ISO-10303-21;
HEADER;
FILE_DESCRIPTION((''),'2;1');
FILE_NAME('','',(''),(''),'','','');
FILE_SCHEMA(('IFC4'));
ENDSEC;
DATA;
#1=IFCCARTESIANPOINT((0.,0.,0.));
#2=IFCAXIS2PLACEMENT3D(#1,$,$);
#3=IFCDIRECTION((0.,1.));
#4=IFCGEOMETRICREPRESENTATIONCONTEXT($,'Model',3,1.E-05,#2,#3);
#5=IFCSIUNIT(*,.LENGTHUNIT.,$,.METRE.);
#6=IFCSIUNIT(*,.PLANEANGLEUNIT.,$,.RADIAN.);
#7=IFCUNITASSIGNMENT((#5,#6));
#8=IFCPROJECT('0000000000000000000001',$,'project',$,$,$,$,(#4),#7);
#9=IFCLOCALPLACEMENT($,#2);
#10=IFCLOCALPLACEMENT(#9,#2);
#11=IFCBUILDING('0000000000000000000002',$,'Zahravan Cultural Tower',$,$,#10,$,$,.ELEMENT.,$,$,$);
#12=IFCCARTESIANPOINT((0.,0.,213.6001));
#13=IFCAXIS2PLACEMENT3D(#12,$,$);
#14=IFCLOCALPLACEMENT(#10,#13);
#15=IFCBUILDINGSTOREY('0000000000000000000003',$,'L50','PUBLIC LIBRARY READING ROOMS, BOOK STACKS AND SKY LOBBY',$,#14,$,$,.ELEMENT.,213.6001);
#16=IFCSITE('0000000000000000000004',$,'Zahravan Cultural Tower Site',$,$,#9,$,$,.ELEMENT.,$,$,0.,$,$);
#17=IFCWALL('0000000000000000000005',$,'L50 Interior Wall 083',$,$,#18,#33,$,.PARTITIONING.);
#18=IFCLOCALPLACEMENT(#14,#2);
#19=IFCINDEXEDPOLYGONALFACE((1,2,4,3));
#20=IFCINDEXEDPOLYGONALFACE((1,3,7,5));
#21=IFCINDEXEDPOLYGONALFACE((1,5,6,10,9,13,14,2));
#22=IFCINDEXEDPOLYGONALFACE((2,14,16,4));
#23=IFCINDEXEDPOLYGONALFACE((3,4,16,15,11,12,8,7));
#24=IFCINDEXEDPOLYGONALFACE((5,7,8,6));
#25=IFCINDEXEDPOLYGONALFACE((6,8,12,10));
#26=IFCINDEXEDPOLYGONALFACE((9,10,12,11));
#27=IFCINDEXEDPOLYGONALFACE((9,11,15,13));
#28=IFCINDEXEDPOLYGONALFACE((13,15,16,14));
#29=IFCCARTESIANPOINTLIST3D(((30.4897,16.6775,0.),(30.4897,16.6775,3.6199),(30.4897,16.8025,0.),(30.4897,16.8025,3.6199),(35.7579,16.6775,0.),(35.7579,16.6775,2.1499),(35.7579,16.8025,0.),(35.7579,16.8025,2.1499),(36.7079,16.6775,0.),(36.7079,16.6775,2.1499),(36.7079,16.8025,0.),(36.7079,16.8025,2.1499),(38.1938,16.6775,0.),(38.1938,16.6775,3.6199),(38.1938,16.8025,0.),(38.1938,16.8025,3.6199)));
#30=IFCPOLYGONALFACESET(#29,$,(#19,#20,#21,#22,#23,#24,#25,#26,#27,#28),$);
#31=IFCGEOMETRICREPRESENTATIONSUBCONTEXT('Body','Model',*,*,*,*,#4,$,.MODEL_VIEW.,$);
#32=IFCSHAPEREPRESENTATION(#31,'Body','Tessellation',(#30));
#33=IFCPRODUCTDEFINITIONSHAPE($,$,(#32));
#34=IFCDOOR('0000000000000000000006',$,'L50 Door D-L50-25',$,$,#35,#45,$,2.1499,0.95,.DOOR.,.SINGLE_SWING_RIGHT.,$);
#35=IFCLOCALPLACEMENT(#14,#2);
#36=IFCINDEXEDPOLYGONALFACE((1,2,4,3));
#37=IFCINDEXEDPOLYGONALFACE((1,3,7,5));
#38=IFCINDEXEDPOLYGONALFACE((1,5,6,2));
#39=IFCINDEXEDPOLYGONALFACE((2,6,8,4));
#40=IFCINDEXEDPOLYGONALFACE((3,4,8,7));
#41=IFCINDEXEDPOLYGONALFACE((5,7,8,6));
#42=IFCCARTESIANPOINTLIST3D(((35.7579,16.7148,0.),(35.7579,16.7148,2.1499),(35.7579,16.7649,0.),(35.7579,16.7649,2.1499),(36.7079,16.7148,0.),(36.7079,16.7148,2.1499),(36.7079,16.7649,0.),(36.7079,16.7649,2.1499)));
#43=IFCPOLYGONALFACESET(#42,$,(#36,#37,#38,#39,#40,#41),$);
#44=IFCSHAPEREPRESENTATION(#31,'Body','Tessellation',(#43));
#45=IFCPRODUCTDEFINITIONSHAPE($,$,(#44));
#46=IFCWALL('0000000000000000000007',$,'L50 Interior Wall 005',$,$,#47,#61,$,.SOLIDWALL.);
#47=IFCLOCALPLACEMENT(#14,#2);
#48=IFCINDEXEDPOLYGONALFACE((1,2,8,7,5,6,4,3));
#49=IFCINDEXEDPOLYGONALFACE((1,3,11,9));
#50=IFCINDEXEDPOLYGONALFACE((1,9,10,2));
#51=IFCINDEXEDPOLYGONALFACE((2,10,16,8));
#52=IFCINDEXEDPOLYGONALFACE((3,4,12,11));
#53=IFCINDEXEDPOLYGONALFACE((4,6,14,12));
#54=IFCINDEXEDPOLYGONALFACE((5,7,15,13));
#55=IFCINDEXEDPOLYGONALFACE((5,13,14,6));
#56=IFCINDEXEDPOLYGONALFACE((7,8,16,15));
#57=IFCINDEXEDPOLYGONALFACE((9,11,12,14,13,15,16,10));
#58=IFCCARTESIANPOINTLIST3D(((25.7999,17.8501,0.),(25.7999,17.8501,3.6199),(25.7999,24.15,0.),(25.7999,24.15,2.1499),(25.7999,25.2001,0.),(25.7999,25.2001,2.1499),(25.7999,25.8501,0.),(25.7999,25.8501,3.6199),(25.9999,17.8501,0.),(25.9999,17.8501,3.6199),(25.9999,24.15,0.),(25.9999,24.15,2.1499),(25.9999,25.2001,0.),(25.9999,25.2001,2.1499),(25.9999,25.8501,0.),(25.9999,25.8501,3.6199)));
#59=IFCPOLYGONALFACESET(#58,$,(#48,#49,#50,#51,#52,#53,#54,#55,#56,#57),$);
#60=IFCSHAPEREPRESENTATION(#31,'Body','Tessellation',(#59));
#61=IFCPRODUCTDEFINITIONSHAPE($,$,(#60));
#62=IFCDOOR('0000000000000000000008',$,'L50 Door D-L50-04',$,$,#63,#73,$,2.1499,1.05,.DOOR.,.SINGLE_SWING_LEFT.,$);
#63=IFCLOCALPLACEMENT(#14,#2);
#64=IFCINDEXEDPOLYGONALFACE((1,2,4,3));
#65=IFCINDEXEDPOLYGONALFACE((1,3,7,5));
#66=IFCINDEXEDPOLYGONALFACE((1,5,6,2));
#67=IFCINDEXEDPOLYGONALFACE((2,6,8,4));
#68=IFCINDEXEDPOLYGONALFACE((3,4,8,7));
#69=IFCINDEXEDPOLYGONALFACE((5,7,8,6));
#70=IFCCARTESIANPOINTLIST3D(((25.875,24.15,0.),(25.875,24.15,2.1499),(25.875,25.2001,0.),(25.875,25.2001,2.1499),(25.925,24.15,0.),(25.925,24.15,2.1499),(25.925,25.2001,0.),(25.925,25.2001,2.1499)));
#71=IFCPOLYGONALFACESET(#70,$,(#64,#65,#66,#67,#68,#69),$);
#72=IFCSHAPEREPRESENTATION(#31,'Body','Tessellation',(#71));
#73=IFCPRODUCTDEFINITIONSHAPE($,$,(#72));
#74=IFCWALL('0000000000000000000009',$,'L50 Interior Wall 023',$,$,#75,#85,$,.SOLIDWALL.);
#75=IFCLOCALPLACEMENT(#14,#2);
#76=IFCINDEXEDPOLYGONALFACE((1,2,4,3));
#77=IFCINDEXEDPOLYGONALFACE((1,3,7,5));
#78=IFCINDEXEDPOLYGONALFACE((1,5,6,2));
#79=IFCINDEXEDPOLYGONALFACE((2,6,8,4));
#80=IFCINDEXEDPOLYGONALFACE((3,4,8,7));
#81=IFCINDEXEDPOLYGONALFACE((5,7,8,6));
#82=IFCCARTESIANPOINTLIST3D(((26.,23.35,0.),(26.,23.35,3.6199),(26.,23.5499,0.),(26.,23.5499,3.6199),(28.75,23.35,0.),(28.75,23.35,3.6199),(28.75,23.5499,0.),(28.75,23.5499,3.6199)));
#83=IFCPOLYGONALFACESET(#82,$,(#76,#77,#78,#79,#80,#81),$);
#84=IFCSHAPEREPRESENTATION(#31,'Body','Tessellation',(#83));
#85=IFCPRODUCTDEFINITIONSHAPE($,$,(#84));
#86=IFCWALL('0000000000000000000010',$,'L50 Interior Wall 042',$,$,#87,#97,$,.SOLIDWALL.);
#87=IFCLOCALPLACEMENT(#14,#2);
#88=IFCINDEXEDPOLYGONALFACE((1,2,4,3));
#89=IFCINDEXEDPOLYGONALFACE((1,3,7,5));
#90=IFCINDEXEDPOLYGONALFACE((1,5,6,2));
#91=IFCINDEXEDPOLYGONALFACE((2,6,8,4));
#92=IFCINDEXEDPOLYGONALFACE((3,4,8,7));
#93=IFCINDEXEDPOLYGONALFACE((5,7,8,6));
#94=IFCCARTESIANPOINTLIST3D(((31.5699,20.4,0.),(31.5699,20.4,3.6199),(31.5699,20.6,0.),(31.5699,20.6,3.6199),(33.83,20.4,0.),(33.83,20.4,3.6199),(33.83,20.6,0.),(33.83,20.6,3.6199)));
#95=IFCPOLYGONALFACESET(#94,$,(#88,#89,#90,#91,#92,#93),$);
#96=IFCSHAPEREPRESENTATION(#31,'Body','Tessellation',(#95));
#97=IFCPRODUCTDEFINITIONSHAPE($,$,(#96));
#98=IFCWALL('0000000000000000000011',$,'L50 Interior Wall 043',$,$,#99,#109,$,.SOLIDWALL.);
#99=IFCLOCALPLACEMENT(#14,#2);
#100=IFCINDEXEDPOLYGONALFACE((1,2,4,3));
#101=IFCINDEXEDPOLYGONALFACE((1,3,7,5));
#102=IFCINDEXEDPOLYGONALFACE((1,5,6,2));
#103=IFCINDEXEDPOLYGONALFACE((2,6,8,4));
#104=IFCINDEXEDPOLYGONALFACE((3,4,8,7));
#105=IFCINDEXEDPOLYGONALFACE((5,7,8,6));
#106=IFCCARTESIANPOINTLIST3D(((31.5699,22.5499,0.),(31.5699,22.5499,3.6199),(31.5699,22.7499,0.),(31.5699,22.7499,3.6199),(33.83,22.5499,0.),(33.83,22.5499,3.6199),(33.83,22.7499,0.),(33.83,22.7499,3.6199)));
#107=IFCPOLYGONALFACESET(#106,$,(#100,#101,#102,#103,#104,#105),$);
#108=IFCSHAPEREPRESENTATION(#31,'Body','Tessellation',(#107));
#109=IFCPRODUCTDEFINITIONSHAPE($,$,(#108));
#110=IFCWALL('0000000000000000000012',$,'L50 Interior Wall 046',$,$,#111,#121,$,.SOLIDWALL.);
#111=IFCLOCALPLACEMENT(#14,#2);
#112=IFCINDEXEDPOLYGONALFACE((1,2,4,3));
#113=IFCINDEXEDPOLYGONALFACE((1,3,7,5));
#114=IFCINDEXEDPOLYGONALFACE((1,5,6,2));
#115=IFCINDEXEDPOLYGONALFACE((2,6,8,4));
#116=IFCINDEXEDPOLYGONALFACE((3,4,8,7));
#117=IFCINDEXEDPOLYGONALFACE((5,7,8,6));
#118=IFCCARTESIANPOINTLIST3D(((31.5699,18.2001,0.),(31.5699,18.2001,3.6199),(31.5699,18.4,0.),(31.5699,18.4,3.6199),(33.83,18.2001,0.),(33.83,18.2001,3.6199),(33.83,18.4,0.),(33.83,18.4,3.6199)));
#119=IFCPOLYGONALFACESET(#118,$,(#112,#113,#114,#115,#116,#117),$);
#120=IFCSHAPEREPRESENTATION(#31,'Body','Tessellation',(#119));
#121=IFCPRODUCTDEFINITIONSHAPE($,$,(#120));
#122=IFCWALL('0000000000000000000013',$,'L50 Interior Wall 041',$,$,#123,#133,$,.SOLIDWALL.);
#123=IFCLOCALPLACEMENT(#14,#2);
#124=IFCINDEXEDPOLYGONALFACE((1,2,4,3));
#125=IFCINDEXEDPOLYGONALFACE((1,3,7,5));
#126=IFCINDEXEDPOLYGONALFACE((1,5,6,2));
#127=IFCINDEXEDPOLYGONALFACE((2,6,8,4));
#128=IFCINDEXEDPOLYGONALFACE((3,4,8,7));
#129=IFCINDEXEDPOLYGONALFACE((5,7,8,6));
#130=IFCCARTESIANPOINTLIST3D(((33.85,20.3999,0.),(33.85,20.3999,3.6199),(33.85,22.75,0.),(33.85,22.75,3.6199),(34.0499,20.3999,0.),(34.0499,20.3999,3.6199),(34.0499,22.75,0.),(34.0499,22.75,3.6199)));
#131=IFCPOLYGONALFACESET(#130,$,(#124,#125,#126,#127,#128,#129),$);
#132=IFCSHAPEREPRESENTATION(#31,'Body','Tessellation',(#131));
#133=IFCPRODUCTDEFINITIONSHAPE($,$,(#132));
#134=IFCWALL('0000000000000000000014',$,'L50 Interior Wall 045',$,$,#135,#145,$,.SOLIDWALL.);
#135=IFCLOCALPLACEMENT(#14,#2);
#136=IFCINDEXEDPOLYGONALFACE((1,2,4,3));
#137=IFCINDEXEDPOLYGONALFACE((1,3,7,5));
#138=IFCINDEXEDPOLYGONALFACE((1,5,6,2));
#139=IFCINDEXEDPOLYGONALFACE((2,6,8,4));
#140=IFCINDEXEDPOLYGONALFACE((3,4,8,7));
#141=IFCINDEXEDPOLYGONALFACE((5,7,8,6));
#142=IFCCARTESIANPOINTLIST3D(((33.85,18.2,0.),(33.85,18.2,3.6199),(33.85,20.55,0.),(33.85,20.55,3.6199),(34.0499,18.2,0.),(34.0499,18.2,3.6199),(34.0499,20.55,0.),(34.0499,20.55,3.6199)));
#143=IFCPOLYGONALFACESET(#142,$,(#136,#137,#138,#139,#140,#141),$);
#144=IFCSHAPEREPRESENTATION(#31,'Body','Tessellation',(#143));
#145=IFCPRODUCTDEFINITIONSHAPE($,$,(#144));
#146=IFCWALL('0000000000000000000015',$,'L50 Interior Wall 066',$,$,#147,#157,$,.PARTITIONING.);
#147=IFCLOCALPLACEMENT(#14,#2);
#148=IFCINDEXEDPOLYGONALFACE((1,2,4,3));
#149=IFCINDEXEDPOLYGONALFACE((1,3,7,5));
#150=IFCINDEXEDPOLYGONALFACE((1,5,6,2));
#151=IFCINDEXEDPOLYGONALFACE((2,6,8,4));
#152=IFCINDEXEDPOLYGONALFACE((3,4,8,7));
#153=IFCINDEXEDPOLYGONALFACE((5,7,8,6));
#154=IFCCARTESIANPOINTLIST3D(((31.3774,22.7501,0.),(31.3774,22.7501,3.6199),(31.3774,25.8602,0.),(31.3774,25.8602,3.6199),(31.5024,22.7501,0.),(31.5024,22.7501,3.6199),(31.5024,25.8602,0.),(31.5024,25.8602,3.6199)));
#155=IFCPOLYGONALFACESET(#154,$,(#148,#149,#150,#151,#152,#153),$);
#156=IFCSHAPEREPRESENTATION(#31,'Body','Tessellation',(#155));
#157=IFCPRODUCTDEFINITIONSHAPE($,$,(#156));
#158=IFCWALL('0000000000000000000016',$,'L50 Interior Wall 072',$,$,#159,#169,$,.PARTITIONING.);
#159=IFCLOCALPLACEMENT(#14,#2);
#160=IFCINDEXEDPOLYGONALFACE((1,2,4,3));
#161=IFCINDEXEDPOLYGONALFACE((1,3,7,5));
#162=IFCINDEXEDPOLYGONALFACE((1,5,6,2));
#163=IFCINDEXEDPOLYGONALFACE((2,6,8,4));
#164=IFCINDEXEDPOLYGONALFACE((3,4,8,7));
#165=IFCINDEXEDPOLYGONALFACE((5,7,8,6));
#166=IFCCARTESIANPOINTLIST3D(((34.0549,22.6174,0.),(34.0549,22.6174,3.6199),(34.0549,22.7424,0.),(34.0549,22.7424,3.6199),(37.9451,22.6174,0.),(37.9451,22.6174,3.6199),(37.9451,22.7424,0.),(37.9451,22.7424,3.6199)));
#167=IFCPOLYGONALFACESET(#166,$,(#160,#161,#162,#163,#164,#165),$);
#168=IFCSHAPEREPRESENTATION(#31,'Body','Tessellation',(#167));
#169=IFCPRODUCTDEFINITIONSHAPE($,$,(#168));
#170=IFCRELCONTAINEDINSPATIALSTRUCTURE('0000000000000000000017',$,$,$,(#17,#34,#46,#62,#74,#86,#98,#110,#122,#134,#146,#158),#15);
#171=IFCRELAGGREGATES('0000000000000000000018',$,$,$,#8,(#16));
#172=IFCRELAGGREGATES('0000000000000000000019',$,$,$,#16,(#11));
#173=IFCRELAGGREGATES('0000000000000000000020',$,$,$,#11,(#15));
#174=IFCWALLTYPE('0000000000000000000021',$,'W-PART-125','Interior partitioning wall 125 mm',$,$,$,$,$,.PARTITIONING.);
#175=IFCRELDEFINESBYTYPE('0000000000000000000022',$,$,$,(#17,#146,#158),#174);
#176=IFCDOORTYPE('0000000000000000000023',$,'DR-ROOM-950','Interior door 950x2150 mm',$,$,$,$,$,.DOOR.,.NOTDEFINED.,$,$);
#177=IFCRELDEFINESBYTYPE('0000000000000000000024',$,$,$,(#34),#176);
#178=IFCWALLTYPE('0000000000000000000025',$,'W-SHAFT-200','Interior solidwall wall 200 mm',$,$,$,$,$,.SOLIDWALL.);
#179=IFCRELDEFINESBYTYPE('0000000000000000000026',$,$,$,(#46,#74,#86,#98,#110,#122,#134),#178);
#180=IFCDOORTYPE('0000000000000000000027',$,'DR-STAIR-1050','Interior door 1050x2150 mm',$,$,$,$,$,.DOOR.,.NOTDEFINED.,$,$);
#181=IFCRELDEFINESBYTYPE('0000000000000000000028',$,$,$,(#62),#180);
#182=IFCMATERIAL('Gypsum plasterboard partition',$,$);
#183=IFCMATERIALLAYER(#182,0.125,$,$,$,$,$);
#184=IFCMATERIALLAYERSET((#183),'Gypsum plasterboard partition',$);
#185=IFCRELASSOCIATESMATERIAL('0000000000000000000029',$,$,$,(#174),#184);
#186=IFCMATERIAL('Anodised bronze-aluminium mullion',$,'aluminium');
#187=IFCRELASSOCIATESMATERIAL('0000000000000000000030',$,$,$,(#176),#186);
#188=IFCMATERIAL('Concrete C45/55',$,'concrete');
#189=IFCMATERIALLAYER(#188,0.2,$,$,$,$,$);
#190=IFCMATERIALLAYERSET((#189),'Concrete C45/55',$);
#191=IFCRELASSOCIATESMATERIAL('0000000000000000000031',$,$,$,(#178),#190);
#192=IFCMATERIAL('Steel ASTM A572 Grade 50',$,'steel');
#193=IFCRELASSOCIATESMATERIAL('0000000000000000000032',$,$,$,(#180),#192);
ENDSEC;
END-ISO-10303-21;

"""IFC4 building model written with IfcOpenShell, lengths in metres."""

from ifc_helpers import new_model, si_unit, direction, frame, frame_2d, origin, place, context, subcontext, project, spatial, rectangle, extrude, source, transform, mapped, material, layer, layer_set, type_object, element, fill, save


model = new_model("IFC4")

# Units and contexts
model_context = context("Model", 3, precision=1e-05, world=origin(), true_north=direction((0.0, 1.0)))
body_context = subcontext(model_context, "Body", "Model", "MODEL_VIEW")
ifc_project = project(units=[si_unit("LENGTHUNIT", "METRE"), si_unit("PLANEANGLEUNIT", "RADIAN")], contexts=[model_context])

# Site, building, storey
site_placement = place(None, origin())
site = spatial("IfcSite", under=ifc_project, at=site_placement, Name="Zahravan Cultural Tower Site", CompositionType="ELEMENT", RefElevation=0.0)
building_placement = place(site_placement, origin())
building = spatial("IfcBuilding", under=site, at=building_placement, Name="Zahravan Cultural Tower", CompositionType="ELEMENT")
storey_placement = place(building_placement, frame((0.0, 0.0, 213.6001)))
storey = spatial("IfcBuildingStorey", under=building, at=storey_placement, Name="L50", Description="PUBLIC LIBRARY READING ROOMS, BOOK STACKS AND SKY LOBBY", CompositionType="ELEMENT", Elevation=213.6001)

# Shared definitions
ifc_material_1 = material(Name="Anodised bronze-aluminium mullion", Category="aluminium")

# Shared definitions
ifc_material_2 = material(Name="Steel ASTM A572 Grade 50", Category="steel")

# Walls, openings, doors
ifc_material_3 = material(Name="Gypsum plasterboard partition")
ifc_layer_1 = layer(ifc_material_3, 0.125)
ifc_layer_set_1 = layer_set([ifc_layer_1], Name="Gypsum plasterboard partition")
wall_type_1 = type_object("IfcWallType", Name="W-PART-125", Description="Interior partitioning wall 125 mm", PredefinedType="PARTITIONING", material=ifc_layer_set_1)
wall_1_placement = place(storey_placement, frame((30.4897, 16.74, 0.0), z_axis=(0.0, 0.0, 1.0), x_axis=(1.0, 0.0, 0.0)))
wall_1 = element("IfcWall", 1, at=wall_1_placement, inside=storey, type_object=wall_type_1, Name="L50 Interior Wall 083", PredefinedType="PARTITIONING", context=body_context, shape_type="SweptSolid", body=[
    extrude(rectangle(XDim=7.7041, YDim=0.125, at=frame_2d((3.8521, 0.0))), origin(), (0.0, 0.0, 1.0), 3.6199),
])
opening_1_placement = place(wall_1_placement, frame((5.2681, 0.0, 0.0)))
opening_1 = element("IfcOpeningElement", 2, at=opening_1_placement, cuts=wall_1, PredefinedType="OPENING", context=body_context, shape_type="SweptSolid", body=[
    extrude(rectangle(XDim=0.95, YDim=2.1499, at=frame_2d((0.4751, 1.075))), frame((0.0, 0.0725, 0.0), z_axis=(0.0, -1.0, 0.0), x_axis=(1.0, 0.0, 0.0)), (0.0, 0.0, 1.0), 0.145),
])
door_type_1 = type_object("IfcDoorType", Name="DR-ROOM-950", Description="Interior door 950x2150 mm", OperationType="NOTDEFINED", PredefinedType="DOOR", material=ifc_material_1)
shared_shape_1 = source(origin(), body_context, "Body", "SweptSolid", [
    extrude(rectangle(XDim=0.95, YDim=2.1499, at=frame_2d((0.4751, 1.075))), frame((0.0, 0.0249, 0.0), z_axis=(0.0, -1.0, 0.0), x_axis=(1.0, 0.0, 0.0)), (0.0, 0.0, 1.0), 0.05),
])
door_1_placement = place(opening_1_placement, origin())
door_1 = element("IfcDoor", 3, at=door_1_placement, inside=storey, type_object=door_type_1, Name="L50 Door D-L50-25", OperationType="SINGLE_SWING_RIGHT", OverallHeight=2.1499, OverallWidth=0.95, PredefinedType="DOOR", context=body_context, shape_type="MappedRepresentation", body=[
    mapped(shared_shape_1, transform((0.0, 0.0, 0.0), x_axis=(1.0, 0.0, 0.0), y_axis=(0.0, 1.0, 0.0), z_axis=(0.0, 0.0, 1.0), scale=1.0)),
])
fill(opening_1, door_1)
ifc_material_4 = material(Name="Concrete C45/55", Category="concrete")
ifc_layer_2 = layer(ifc_material_4, 0.2)
ifc_layer_set_2 = layer_set([ifc_layer_2], Name="Concrete C45/55")
wall_type_2 = type_object("IfcWallType", Name="W-SHAFT-200", Description="Interior solidwall wall 200 mm", PredefinedType="SOLIDWALL", material=ifc_layer_set_2)
wall_2_placement = place(storey_placement, frame((25.8999, 17.8501, 0.0), z_axis=(0.0, 0.0, 1.0), x_axis=(0.0, 1.0, 0.0)))
wall_2 = element("IfcWall", 4, at=wall_2_placement, inside=storey, type_object=wall_type_2, Name="L50 Interior Wall 005", PredefinedType="SOLIDWALL", context=body_context, shape_type="SweptSolid", body=[
    extrude(rectangle(XDim=8.0, YDim=0.2, at=frame_2d((4.0, 0.0))), origin(), (0.0, 0.0, 1.0), 3.6199),
])
opening_2_placement = place(wall_2_placement, frame((6.3, 0.0, 0.0)))
opening_2 = element("IfcOpeningElement", 5, at=opening_2_placement, cuts=wall_2, PredefinedType="OPENING", context=body_context, shape_type="SweptSolid", body=[
    extrude(rectangle(XDim=1.05, YDim=2.1499, at=frame_2d((0.5249, 1.075))), frame((0.0, 0.1099, 0.0), z_axis=(0.0, -1.0, 0.0), x_axis=(1.0, 0.0, 0.0)), (0.0, 0.0, 1.0), 0.22),
])
door_type_2 = type_object("IfcDoorType", Name="DR-STAIR-1050", Description="Interior door 1050x2150 mm", OperationType="NOTDEFINED", PredefinedType="DOOR", material=ifc_material_2)
shared_shape_2 = source(origin(), body_context, "Body", "SweptSolid", [
    extrude(rectangle(XDim=1.05, YDim=2.1499, at=frame_2d((0.5249, 1.075))), frame((0.0, 0.0249, 0.0), z_axis=(0.0, -1.0, 0.0), x_axis=(1.0, 0.0, 0.0)), (0.0, 0.0, 1.0), 0.05),
])
door_2_placement = place(opening_2_placement, origin())
door_2 = element("IfcDoor", 6, at=door_2_placement, inside=storey, type_object=door_type_2, Name="L50 Door D-L50-04", OperationType="SINGLE_SWING_LEFT", OverallHeight=2.1499, OverallWidth=1.05, PredefinedType="DOOR", context=body_context, shape_type="MappedRepresentation", body=[
    mapped(shared_shape_2, transform((0.0, 0.0, 0.0), x_axis=(1.0, 0.0, 0.0), y_axis=(0.0, 1.0, 0.0), z_axis=(0.0, 0.0, 1.0), scale=1.0)),
])
fill(opening_2, door_2)

# Walls
shared_shape_3 = source(origin(), body_context, "Body", "SweptSolid", [
    extrude(rectangle(XDim=2.75, YDim=0.2, at=frame_2d((1.375, 0.0))), origin(), (0.0, 0.0, 1.0), 3.6199),
])
wall_3_placement = place(storey_placement, frame((26.0, 23.45, 0.0), z_axis=(0.0, 0.0, 1.0), x_axis=(1.0, 0.0, 0.0)))
element("IfcWall", 7, at=wall_3_placement, inside=storey, type_object=wall_type_2, Name="L50 Interior Wall 023", PredefinedType="SOLIDWALL", context=body_context, shape_type="MappedRepresentation", body=[
    mapped(shared_shape_3, transform((0.0, 0.0, 0.0), x_axis=(1.0, 0.0, 0.0), y_axis=(0.0, 1.0, 0.0), z_axis=(0.0, 0.0, 1.0), scale=1.0)),
])
shared_shape_4 = source(origin(), body_context, "Body", "SweptSolid", [
    extrude(rectangle(XDim=2.26, YDim=0.2, at=frame_2d((1.1299, 0.0))), origin(), (0.0, 0.0, 1.0), 3.6199),
])
for number, where, z_axis, x_axis, name in (
    (8, (31.5701, 20.5, 0.0), (0.0, 0.0, 1.0), (1.0, 0.0, 0.0), "L50 Interior Wall 042"),
    (9, (31.5701, 22.6499, 0.0), (0.0, 0.0, 1.0), (1.0, 0.0, 0.0), "L50 Interior Wall 043"),
    (10, (31.5701, 18.3, 0.0), (0.0, 0.0, 1.0), (1.0, 0.0, 0.0), "L50 Interior Wall 046"),
):
    element("IfcWall", number, at=place(storey_placement, frame(where, z_axis=z_axis, x_axis=x_axis)), inside=storey, type_object=wall_type_2, Name=name, PredefinedType="SOLIDWALL", context=body_context, shape_type="MappedRepresentation", body=[
        mapped(shared_shape_4, transform((0.0, 0.0, 0.0), x_axis=(1.0, 0.0, 0.0), y_axis=(0.0, 1.0, 0.0), z_axis=(0.0, 0.0, 1.0), scale=1.0)),
    ])
shared_shape_5 = source(origin(), body_context, "Body", "SweptSolid", [
    extrude(rectangle(XDim=2.3501, YDim=0.2, at=frame_2d((1.175, 0.0))), origin(), (0.0, 0.0, 1.0), 3.6199),
])
for number, where, z_axis, x_axis, name in (
    (11, (33.95, 20.3999, 0.0), (0.0, 0.0, 1.0), (0.0, 1.0, 0.0), "L50 Interior Wall 041"),
    (12, (33.95, 18.2, 0.0), (0.0, 0.0, 1.0), (0.0, 1.0, 0.0), "L50 Interior Wall 045"),
):
    element("IfcWall", number, at=place(storey_placement, frame(where, z_axis=z_axis, x_axis=x_axis)), inside=storey, type_object=wall_type_2, Name=name, PredefinedType="SOLIDWALL", context=body_context, shape_type="MappedRepresentation", body=[
        mapped(shared_shape_5, transform((0.0, 0.0, 0.0), x_axis=(1.0, 0.0, 0.0), y_axis=(0.0, 1.0, 0.0), z_axis=(0.0, 0.0, 1.0), scale=1.0)),
    ])
shared_shape_6 = source(origin(), body_context, "Body", "SweptSolid", [
    extrude(rectangle(XDim=3.1101, YDim=0.125, at=frame_2d((1.5552, 0.0))), origin(), (0.0, 0.0, 1.0), 3.6199),
])
wall_4_placement = place(storey_placement, frame((31.4399, 22.75, 0.0), z_axis=(0.0, 0.0, 1.0), x_axis=(0.0, 1.0, 0.0)))
element("IfcWall", 13, at=wall_4_placement, inside=storey, type_object=wall_type_1, Name="L50 Interior Wall 066", PredefinedType="PARTITIONING", context=body_context, shape_type="MappedRepresentation", body=[
    mapped(shared_shape_6, transform((0.0, 0.0, 0.0), x_axis=(1.0, 0.0, 0.0), y_axis=(0.0, 1.0, 0.0), z_axis=(0.0, 0.0, 1.0), scale=1.0)),
])
shared_shape_7 = source(origin(), body_context, "Body", "SweptSolid", [
    extrude(rectangle(XDim=3.8901, YDim=0.125, at=frame_2d((1.9451, 0.0))), origin(), (0.0, 0.0, 1.0), 3.6199),
])
wall_5_placement = place(storey_placement, frame((34.0549, 22.6799, 0.0), z_axis=(0.0, 0.0, 1.0), x_axis=(1.0, 0.0, 0.0)))
element("IfcWall", 14, at=wall_5_placement, inside=storey, type_object=wall_type_1, Name="L50 Interior Wall 072", PredefinedType="PARTITIONING", context=body_context, shape_type="MappedRepresentation", body=[
    mapped(shared_shape_7, transform((0.0, 0.0, 0.0), x_axis=(1.0, 0.0, 0.0), y_axis=(0.0, 1.0, 0.0), z_axis=(0.0, 0.0, 1.0), scale=1.0)),
])

save(model, "model.ifc")
